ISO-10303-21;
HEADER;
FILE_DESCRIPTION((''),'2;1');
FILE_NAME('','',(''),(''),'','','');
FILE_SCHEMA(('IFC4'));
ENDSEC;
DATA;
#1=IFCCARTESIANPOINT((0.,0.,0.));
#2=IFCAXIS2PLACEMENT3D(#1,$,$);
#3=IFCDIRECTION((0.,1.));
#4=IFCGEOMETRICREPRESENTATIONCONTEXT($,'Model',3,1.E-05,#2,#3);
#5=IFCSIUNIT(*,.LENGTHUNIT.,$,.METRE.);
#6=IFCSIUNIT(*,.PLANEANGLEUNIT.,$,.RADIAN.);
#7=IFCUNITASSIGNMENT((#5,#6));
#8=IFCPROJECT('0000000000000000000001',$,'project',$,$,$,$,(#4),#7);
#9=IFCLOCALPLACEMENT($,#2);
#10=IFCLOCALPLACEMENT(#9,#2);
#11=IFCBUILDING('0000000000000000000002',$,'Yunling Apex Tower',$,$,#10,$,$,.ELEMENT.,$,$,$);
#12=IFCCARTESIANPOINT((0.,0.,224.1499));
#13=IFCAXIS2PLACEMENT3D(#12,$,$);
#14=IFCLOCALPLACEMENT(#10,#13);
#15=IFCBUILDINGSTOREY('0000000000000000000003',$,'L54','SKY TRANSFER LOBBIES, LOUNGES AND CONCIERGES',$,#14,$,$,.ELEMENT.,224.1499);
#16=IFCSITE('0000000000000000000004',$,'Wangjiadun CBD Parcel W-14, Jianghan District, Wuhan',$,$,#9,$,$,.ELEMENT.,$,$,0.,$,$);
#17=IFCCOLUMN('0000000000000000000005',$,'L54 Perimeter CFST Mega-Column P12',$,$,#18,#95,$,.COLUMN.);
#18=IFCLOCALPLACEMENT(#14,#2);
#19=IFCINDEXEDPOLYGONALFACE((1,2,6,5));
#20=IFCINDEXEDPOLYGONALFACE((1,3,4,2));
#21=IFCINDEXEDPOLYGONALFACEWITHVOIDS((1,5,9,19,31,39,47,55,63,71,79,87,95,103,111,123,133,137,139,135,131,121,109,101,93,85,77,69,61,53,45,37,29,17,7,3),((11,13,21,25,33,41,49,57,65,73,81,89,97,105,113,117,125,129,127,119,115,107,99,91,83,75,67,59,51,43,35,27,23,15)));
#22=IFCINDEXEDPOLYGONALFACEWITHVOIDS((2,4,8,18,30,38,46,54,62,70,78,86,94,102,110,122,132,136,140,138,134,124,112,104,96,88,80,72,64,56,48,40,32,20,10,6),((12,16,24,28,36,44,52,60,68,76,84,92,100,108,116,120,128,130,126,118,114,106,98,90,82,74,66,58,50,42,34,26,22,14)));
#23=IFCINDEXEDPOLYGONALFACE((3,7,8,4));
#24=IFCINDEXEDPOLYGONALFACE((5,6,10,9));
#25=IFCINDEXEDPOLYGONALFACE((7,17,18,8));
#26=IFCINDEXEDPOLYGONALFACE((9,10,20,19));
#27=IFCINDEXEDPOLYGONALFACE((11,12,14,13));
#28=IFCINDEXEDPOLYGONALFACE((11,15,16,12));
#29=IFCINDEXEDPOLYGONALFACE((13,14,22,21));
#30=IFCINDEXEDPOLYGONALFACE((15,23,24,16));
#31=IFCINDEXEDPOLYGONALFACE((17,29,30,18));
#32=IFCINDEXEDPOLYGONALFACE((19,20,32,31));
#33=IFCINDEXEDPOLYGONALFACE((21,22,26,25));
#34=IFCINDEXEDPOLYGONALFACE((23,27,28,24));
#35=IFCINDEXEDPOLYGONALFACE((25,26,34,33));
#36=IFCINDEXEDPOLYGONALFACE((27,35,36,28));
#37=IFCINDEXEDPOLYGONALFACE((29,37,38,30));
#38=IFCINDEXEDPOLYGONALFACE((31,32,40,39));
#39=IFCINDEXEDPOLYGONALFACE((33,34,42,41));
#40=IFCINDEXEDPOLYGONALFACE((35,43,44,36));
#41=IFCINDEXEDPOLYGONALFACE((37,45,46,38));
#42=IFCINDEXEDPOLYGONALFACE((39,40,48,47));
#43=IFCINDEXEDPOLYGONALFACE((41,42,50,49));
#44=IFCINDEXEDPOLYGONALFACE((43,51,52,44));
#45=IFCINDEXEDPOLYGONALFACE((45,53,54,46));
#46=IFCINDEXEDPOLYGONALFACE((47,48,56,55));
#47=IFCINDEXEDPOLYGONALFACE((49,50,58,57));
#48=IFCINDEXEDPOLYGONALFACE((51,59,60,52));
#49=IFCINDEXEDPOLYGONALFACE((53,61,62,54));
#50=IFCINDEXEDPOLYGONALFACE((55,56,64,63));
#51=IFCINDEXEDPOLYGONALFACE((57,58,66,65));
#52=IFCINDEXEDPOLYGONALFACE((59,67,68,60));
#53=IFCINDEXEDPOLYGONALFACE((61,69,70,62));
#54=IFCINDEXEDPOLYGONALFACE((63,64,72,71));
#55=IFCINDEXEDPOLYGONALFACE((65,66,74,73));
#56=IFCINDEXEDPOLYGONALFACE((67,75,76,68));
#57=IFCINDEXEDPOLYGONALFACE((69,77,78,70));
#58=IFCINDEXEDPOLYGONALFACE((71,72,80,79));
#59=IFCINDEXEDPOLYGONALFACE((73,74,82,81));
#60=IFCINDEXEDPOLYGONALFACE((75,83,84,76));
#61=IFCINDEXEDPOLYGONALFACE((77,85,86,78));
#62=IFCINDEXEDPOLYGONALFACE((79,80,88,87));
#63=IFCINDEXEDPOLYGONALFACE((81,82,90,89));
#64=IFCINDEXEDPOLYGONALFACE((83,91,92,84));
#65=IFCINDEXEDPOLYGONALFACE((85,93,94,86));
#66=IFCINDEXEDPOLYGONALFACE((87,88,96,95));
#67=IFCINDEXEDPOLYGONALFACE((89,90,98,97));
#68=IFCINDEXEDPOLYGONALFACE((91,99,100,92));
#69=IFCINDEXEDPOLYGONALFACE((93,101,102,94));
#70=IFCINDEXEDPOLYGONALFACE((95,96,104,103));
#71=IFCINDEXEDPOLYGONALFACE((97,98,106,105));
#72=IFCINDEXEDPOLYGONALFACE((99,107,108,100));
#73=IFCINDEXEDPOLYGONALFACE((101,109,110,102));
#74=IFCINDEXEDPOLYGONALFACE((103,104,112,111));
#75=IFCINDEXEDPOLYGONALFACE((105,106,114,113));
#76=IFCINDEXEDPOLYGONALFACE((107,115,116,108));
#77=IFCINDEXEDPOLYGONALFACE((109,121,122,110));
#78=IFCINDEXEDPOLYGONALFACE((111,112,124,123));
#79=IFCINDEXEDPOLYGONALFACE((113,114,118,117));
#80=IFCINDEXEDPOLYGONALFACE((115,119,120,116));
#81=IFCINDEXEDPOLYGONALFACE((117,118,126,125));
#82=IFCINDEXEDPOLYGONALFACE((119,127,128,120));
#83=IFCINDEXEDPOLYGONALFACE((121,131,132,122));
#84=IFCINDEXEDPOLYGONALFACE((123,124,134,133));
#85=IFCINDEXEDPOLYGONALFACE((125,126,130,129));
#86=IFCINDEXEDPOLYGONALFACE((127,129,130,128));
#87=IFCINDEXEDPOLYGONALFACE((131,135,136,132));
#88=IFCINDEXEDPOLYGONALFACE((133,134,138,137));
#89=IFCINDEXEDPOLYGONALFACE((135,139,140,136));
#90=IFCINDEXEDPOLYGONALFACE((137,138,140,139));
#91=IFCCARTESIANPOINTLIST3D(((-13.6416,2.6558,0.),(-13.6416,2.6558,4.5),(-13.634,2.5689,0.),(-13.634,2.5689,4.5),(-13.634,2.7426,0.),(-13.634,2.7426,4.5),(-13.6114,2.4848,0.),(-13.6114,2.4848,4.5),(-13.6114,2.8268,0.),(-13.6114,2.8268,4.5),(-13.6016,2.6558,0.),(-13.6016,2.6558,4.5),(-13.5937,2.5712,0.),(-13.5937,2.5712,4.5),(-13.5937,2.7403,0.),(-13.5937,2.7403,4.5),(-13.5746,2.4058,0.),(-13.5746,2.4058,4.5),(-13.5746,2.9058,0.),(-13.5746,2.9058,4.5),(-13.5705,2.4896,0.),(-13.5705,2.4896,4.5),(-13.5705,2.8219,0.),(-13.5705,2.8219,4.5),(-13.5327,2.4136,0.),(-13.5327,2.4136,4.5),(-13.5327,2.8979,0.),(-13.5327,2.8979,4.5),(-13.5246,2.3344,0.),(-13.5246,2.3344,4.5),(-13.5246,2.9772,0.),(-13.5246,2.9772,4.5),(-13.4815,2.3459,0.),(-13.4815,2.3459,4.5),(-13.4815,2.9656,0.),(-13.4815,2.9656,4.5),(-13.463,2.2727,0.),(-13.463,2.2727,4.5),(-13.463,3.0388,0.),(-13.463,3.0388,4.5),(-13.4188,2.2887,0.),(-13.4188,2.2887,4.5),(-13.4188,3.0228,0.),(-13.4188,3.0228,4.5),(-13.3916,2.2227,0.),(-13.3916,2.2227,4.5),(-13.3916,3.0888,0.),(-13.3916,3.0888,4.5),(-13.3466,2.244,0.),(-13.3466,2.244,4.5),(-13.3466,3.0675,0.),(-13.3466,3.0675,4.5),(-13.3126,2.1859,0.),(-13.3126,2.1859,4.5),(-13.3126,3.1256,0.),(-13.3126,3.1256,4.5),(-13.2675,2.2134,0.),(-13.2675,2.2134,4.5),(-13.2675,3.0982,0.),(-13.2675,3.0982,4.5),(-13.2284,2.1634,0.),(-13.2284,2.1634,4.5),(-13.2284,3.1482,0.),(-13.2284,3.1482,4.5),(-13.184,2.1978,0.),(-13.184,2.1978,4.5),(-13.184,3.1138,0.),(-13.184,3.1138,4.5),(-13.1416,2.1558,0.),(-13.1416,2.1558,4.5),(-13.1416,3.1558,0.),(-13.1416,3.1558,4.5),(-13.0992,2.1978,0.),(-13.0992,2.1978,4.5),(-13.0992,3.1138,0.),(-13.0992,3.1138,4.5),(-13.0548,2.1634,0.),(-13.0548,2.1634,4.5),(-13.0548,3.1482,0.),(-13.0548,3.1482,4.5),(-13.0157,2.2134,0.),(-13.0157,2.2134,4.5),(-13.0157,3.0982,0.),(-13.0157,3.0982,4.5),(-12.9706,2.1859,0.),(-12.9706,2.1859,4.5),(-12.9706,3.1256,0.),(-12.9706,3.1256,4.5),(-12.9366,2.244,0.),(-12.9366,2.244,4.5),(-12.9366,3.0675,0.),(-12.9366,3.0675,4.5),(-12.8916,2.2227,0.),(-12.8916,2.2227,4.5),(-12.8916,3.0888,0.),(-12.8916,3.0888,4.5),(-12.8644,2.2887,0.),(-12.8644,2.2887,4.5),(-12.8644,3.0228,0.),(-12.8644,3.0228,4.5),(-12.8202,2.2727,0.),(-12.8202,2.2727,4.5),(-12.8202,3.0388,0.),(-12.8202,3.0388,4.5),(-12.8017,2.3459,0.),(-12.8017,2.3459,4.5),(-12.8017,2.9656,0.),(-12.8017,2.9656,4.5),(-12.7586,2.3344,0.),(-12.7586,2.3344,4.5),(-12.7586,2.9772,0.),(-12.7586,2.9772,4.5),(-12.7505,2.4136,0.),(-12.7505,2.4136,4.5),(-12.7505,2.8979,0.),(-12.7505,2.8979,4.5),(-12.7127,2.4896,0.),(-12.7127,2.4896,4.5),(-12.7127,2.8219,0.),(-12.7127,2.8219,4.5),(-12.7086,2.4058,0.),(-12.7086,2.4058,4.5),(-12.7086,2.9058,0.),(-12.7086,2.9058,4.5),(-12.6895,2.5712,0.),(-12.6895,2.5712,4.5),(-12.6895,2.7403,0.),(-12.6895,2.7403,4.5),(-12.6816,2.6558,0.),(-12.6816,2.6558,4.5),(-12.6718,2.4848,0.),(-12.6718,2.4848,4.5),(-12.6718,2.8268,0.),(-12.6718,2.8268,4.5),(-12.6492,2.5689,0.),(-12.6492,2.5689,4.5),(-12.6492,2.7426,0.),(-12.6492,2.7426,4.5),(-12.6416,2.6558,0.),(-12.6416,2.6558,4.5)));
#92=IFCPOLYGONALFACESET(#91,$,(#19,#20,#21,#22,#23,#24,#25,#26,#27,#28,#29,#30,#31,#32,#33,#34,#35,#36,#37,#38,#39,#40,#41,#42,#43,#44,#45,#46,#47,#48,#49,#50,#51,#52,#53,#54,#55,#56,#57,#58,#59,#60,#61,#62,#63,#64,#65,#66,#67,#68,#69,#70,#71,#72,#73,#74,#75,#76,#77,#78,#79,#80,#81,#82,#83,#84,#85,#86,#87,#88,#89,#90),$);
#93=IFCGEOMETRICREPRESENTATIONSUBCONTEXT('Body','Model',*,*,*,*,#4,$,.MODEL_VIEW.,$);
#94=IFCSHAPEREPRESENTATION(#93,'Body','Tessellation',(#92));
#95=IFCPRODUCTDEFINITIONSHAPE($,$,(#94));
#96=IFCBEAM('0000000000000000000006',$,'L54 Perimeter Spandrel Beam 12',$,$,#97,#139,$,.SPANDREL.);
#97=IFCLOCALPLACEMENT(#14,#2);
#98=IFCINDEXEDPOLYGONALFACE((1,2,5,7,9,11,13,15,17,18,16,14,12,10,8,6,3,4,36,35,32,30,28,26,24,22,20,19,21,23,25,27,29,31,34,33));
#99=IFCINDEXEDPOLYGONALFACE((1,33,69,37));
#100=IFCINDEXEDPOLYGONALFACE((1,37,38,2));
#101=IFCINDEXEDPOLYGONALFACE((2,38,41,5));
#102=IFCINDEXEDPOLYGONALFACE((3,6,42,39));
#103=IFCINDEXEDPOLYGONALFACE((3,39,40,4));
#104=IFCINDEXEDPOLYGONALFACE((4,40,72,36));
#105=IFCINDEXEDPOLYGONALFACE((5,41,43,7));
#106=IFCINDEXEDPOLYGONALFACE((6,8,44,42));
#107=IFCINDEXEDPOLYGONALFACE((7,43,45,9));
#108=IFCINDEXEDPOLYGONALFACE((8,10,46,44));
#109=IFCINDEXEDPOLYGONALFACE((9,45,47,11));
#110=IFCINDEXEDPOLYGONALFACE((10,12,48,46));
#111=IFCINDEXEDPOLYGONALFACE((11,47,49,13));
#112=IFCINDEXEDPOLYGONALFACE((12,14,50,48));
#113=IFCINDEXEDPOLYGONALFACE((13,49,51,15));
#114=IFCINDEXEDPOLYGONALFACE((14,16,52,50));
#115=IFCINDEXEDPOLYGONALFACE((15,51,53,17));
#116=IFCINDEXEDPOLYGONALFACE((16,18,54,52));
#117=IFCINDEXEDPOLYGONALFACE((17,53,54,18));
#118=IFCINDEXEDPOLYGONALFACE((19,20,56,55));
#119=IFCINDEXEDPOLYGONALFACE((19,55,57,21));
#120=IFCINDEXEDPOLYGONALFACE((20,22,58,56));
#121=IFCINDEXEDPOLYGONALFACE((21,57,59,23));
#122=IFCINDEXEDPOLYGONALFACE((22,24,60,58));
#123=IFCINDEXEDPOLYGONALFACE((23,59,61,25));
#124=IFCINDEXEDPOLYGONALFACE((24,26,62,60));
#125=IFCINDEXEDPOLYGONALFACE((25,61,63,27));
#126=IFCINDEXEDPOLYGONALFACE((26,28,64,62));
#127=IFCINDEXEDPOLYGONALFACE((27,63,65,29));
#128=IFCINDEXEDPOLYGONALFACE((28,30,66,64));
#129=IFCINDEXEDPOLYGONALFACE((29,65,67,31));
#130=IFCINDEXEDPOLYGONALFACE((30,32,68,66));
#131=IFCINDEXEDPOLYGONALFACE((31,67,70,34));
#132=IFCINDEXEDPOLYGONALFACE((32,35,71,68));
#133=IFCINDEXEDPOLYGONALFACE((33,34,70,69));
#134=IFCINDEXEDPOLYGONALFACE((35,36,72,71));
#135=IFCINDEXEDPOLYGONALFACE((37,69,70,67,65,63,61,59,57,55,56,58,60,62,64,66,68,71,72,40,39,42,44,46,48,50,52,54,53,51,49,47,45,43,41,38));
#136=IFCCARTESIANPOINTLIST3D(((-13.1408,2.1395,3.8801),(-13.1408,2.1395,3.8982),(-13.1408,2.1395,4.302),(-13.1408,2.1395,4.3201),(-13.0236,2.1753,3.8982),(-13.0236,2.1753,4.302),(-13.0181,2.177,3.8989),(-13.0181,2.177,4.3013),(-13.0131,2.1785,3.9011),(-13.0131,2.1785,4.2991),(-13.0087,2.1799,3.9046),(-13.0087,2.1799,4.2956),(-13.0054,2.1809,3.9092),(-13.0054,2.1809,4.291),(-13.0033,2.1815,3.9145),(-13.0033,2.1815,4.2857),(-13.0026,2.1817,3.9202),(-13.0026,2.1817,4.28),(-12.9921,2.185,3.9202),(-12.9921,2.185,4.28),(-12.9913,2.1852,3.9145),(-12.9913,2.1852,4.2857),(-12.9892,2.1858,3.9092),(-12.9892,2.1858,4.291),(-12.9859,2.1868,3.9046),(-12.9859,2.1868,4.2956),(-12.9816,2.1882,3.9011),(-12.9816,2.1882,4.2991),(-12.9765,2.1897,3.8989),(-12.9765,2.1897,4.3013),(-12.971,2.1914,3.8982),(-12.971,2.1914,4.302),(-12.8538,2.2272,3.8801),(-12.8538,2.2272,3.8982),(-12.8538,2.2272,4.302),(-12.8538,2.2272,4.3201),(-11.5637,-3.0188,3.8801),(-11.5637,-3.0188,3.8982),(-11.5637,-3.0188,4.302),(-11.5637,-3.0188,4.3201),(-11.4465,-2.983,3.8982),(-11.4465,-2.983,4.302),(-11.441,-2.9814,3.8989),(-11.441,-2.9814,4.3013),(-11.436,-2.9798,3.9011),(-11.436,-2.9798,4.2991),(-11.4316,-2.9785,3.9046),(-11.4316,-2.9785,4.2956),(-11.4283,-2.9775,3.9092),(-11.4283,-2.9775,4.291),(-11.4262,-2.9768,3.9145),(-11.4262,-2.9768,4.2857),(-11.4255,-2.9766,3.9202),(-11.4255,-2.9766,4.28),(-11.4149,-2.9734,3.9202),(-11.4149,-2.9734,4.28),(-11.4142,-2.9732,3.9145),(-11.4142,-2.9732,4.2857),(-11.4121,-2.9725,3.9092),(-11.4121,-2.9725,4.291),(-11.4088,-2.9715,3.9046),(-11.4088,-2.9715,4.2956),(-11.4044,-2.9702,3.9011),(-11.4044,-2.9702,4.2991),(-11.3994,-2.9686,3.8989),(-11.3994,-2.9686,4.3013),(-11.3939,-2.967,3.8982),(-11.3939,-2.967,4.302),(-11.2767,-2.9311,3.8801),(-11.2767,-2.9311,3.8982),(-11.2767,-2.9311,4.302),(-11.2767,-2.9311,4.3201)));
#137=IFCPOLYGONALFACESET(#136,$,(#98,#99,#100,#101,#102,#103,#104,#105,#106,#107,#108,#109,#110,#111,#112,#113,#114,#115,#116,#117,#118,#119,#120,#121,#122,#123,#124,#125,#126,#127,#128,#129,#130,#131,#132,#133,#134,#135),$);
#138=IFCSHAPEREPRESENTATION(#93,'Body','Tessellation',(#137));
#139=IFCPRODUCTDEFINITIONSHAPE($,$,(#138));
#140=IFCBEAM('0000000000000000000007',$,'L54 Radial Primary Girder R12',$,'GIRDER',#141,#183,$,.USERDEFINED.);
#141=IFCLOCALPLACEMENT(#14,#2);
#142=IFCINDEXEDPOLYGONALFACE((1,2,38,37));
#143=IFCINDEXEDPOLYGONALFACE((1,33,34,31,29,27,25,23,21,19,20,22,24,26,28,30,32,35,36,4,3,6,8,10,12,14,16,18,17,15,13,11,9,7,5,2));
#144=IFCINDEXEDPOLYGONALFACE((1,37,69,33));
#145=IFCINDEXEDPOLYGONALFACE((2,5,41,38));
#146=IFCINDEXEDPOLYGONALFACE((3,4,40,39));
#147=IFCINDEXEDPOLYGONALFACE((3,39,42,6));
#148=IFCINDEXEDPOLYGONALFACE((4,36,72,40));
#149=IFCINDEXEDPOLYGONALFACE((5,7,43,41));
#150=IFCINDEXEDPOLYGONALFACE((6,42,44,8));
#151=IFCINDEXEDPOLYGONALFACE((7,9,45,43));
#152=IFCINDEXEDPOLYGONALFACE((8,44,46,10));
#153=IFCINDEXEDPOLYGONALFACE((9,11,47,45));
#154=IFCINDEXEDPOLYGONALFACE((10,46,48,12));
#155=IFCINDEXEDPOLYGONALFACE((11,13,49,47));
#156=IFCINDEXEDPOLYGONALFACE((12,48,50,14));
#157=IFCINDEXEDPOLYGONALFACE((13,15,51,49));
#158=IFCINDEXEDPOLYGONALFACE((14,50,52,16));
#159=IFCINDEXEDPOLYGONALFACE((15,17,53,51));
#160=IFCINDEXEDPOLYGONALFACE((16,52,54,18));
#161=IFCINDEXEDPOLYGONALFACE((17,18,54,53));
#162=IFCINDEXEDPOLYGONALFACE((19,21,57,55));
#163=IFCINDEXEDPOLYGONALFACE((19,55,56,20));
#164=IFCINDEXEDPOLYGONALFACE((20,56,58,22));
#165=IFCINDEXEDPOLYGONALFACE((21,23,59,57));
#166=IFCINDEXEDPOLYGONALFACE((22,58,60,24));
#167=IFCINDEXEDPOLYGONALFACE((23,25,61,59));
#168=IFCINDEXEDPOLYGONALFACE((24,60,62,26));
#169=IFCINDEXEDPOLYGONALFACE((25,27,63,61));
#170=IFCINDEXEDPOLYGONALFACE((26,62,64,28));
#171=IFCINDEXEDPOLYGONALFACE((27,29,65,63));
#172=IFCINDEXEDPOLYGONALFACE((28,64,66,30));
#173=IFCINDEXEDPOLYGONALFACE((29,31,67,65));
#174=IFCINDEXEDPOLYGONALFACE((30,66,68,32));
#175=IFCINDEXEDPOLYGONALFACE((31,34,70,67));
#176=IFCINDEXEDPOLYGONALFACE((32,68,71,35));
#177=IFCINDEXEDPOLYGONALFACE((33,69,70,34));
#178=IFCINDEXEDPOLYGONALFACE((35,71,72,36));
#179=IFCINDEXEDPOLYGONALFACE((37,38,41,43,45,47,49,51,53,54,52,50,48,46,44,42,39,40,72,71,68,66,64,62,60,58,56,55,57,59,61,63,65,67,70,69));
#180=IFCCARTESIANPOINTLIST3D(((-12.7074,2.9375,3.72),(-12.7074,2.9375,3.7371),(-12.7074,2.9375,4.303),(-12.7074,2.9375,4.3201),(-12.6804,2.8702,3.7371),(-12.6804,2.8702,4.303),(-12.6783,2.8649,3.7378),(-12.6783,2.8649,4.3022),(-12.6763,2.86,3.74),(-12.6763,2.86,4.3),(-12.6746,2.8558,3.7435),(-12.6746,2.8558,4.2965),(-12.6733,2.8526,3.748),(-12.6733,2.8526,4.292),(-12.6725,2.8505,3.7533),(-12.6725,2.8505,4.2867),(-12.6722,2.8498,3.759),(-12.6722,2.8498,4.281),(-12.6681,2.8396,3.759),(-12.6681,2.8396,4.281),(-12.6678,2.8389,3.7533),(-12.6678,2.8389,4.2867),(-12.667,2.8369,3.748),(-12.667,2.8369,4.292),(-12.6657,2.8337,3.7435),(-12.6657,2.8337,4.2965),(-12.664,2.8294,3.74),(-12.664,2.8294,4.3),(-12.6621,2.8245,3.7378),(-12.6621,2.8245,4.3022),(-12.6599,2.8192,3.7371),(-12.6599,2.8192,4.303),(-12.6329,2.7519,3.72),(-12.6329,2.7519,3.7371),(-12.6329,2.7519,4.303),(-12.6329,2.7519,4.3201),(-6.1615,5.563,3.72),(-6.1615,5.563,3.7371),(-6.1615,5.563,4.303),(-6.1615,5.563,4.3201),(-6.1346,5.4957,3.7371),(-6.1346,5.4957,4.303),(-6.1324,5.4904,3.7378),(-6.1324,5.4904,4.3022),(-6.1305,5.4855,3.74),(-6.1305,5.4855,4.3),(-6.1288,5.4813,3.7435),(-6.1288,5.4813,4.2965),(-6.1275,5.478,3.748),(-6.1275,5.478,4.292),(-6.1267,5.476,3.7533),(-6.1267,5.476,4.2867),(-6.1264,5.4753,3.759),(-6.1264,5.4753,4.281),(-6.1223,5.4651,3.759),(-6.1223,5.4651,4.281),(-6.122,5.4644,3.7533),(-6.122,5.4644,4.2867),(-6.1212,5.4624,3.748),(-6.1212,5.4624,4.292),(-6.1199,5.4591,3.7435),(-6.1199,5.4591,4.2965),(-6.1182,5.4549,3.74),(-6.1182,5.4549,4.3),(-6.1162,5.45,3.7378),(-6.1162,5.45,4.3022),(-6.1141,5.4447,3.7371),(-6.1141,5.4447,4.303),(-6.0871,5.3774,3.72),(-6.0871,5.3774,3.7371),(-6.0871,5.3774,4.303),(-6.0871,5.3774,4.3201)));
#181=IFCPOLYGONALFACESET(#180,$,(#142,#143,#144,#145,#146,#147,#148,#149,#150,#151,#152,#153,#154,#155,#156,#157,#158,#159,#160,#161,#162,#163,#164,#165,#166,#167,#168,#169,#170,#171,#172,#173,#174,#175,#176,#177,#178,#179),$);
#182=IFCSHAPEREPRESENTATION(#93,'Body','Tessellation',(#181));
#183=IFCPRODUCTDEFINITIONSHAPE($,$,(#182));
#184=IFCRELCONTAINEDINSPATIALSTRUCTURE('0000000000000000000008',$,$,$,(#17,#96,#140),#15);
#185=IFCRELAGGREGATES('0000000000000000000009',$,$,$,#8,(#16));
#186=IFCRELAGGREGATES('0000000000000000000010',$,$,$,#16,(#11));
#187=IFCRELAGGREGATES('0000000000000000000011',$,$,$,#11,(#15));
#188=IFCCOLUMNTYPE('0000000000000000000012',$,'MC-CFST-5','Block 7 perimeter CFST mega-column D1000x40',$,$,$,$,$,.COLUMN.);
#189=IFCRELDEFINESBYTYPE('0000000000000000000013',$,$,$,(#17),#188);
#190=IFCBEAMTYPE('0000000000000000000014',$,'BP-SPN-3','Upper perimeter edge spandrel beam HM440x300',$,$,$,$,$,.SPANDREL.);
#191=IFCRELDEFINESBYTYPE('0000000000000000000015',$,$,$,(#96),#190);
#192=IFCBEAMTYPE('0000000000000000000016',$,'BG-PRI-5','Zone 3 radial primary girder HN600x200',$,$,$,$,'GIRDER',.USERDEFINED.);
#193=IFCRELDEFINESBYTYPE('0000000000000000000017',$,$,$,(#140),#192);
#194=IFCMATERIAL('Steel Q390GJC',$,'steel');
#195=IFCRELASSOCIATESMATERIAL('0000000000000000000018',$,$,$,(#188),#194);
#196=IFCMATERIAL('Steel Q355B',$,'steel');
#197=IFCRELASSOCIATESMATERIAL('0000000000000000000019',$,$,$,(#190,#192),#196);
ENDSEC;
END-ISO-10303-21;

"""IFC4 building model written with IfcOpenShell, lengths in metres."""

from ifc_helpers import new_model, si_unit, direction, frame, origin, origin_2d, place, context, subcontext, project, spatial, hollow_circle, i_section, extrude, source, transform, mapped, material, material_profile, profile_set, type_object, element, save


model = new_model("IFC4")

# Units and contexts
model_context = context("Model", 3, precision=1e-05, world=origin(), true_north=direction((0.0, 1.0)))
body_context = subcontext(model_context, "Body", "Model", "MODEL_VIEW")
ifc_project = project(units=[si_unit("LENGTHUNIT", "METRE"), si_unit("PLANEANGLEUNIT", "RADIAN")], contexts=[model_context])

# Site, building, storey
site_placement = place(None, origin())
site = spatial("IfcSite", under=ifc_project, at=site_placement, Name="Wangjiadun CBD Parcel W-14, Jianghan District, Wuhan", CompositionType="ELEMENT", RefElevation=0.0)
building_placement = place(site_placement, origin())
building = spatial("IfcBuilding", under=site, at=building_placement, Name="Yunling Apex Tower", CompositionType="ELEMENT")
storey_placement = place(building_placement, frame((0.0, 0.0, 224.1499)))
storey = spatial("IfcBuildingStorey", under=building, at=storey_placement, Name="L54", Description="SKY TRANSFER LOBBIES, LOUNGES AND CONCIERGES", CompositionType="ELEMENT", Elevation=224.1499)

# Column
ifc_material_1 = material(Name="Steel Q390GJC", Category="steel")
ifc_material_profile_1 = material_profile(ifc_material_1, hollow_circle(Radius=0.5, WallThickness=0.04, at=origin_2d()))
ifc_profile_set_1 = profile_set([ifc_material_profile_1], Name="Steel Q390GJC")
column_type = type_object("IfcColumnType", Name="MC-CFST-5", Description="Block 7 perimeter CFST mega-column D1000x40", PredefinedType="COLUMN", material=ifc_profile_set_1)
shared_shape_1 = source(origin(), body_context, "Body", "SweptSolid", [
    extrude(hollow_circle(Radius=0.5, WallThickness=0.04, at=origin_2d()), origin(), (0.0, 0.0, 1.0), 4.5),
])
column_placement = place(storey_placement, frame((-13.1416, 2.6558, 0.0), z_axis=(0.0, 0.0, 1.0), x_axis=(1.0, 0.0, 0.0)))
element("IfcColumn", 1, at=column_placement, inside=storey, type_object=column_type, Name="L54 Perimeter CFST Mega-Column P12", PredefinedType="COLUMN", context=body_context, shape_type="MappedRepresentation", body=[
    mapped(shared_shape_1, transform((0.0, 0.0, 0.0), scale=1.0)),
])

# Beams
ifc_material_2 = material(Name="Steel Q355B", Category="steel")
ifc_material_profile_2 = material_profile(ifc_material_2, i_section(OverallWidth=0.3, OverallDepth=0.4399, WebThickness=0.011, FlangeThickness=0.0181, FilletRadius=0.022, at=origin_2d()))
ifc_profile_set_2 = profile_set([ifc_material_profile_2], Name="Steel Q355B")
beam_type_1 = type_object("IfcBeamType", Name="BP-SPN-3", Description="Upper perimeter edge spandrel beam HM440x300", PredefinedType="SPANDREL", material=ifc_profile_set_2)
shared_shape_2 = source(origin(), body_context, "Body", "SweptSolid", [
    extrude(i_section(OverallWidth=0.3, OverallDepth=0.4399, WebThickness=0.011, FlangeThickness=0.0181, FilletRadius=0.022, at=origin_2d()), origin(), (0.0, 0.0, 1.0), 5.394),
])
beam_1_placement = place(storey_placement, frame((-12.9973, 2.1833, 4.1001), z_axis=(0.292381, -0.956302, 0.0), x_axis=(0.956302, 0.292381, 0.0)))
element("IfcBeam", 2, at=beam_1_placement, inside=storey, type_object=beam_type_1, Name="L54 Perimeter Spandrel Beam 12", PredefinedType="SPANDREL", context=body_context, shape_type="MappedRepresentation", body=[
    mapped(shared_shape_2, transform((0.0, 0.0, 0.0), scale=1.0)),
])
ifc_material_profile_3 = material_profile(ifc_material_2, i_section(OverallWidth=0.2, OverallDepth=0.6001, WebThickness=0.011, FlangeThickness=0.0171, FilletRadius=0.022, at=origin_2d()))
ifc_profile_set_3 = profile_set([ifc_material_profile_3], Name="Steel Q355B")
beam_type_2 = type_object("IfcBeamType", Name="BG-PRI-5", Description="Zone 3 radial primary girder HN600x200", ElementType="GIRDER", PredefinedType="USERDEFINED", material=ifc_profile_set_3)
shared_shape_3 = source(origin(), body_context, "Body", "SweptSolid", [
    extrude(i_section(OverallWidth=0.2, OverallDepth=0.6001, WebThickness=0.011, FlangeThickness=0.0171, FilletRadius=0.022, at=origin_2d()), origin(), (0.0, 0.0, 1.0), 7.0527),
])
beam_2_placement = place(storey_placement, frame((-12.6702, 2.8447, 4.02), z_axis=(0.928128, 0.372262, 0.0), x_axis=(-0.372262, 0.928128, 0.0)))
element("IfcBeam", 3, at=beam_2_placement, inside=storey, type_object=beam_type_2, Name="L54 Radial Primary Girder R12", ObjectType="GIRDER", PredefinedType="USERDEFINED", context=body_context, shape_type="MappedRepresentation", body=[
    mapped(shared_shape_3, transform((0.0, 0.0, 0.0), scale=1.0)),
])

save(model, "model.ifc")
